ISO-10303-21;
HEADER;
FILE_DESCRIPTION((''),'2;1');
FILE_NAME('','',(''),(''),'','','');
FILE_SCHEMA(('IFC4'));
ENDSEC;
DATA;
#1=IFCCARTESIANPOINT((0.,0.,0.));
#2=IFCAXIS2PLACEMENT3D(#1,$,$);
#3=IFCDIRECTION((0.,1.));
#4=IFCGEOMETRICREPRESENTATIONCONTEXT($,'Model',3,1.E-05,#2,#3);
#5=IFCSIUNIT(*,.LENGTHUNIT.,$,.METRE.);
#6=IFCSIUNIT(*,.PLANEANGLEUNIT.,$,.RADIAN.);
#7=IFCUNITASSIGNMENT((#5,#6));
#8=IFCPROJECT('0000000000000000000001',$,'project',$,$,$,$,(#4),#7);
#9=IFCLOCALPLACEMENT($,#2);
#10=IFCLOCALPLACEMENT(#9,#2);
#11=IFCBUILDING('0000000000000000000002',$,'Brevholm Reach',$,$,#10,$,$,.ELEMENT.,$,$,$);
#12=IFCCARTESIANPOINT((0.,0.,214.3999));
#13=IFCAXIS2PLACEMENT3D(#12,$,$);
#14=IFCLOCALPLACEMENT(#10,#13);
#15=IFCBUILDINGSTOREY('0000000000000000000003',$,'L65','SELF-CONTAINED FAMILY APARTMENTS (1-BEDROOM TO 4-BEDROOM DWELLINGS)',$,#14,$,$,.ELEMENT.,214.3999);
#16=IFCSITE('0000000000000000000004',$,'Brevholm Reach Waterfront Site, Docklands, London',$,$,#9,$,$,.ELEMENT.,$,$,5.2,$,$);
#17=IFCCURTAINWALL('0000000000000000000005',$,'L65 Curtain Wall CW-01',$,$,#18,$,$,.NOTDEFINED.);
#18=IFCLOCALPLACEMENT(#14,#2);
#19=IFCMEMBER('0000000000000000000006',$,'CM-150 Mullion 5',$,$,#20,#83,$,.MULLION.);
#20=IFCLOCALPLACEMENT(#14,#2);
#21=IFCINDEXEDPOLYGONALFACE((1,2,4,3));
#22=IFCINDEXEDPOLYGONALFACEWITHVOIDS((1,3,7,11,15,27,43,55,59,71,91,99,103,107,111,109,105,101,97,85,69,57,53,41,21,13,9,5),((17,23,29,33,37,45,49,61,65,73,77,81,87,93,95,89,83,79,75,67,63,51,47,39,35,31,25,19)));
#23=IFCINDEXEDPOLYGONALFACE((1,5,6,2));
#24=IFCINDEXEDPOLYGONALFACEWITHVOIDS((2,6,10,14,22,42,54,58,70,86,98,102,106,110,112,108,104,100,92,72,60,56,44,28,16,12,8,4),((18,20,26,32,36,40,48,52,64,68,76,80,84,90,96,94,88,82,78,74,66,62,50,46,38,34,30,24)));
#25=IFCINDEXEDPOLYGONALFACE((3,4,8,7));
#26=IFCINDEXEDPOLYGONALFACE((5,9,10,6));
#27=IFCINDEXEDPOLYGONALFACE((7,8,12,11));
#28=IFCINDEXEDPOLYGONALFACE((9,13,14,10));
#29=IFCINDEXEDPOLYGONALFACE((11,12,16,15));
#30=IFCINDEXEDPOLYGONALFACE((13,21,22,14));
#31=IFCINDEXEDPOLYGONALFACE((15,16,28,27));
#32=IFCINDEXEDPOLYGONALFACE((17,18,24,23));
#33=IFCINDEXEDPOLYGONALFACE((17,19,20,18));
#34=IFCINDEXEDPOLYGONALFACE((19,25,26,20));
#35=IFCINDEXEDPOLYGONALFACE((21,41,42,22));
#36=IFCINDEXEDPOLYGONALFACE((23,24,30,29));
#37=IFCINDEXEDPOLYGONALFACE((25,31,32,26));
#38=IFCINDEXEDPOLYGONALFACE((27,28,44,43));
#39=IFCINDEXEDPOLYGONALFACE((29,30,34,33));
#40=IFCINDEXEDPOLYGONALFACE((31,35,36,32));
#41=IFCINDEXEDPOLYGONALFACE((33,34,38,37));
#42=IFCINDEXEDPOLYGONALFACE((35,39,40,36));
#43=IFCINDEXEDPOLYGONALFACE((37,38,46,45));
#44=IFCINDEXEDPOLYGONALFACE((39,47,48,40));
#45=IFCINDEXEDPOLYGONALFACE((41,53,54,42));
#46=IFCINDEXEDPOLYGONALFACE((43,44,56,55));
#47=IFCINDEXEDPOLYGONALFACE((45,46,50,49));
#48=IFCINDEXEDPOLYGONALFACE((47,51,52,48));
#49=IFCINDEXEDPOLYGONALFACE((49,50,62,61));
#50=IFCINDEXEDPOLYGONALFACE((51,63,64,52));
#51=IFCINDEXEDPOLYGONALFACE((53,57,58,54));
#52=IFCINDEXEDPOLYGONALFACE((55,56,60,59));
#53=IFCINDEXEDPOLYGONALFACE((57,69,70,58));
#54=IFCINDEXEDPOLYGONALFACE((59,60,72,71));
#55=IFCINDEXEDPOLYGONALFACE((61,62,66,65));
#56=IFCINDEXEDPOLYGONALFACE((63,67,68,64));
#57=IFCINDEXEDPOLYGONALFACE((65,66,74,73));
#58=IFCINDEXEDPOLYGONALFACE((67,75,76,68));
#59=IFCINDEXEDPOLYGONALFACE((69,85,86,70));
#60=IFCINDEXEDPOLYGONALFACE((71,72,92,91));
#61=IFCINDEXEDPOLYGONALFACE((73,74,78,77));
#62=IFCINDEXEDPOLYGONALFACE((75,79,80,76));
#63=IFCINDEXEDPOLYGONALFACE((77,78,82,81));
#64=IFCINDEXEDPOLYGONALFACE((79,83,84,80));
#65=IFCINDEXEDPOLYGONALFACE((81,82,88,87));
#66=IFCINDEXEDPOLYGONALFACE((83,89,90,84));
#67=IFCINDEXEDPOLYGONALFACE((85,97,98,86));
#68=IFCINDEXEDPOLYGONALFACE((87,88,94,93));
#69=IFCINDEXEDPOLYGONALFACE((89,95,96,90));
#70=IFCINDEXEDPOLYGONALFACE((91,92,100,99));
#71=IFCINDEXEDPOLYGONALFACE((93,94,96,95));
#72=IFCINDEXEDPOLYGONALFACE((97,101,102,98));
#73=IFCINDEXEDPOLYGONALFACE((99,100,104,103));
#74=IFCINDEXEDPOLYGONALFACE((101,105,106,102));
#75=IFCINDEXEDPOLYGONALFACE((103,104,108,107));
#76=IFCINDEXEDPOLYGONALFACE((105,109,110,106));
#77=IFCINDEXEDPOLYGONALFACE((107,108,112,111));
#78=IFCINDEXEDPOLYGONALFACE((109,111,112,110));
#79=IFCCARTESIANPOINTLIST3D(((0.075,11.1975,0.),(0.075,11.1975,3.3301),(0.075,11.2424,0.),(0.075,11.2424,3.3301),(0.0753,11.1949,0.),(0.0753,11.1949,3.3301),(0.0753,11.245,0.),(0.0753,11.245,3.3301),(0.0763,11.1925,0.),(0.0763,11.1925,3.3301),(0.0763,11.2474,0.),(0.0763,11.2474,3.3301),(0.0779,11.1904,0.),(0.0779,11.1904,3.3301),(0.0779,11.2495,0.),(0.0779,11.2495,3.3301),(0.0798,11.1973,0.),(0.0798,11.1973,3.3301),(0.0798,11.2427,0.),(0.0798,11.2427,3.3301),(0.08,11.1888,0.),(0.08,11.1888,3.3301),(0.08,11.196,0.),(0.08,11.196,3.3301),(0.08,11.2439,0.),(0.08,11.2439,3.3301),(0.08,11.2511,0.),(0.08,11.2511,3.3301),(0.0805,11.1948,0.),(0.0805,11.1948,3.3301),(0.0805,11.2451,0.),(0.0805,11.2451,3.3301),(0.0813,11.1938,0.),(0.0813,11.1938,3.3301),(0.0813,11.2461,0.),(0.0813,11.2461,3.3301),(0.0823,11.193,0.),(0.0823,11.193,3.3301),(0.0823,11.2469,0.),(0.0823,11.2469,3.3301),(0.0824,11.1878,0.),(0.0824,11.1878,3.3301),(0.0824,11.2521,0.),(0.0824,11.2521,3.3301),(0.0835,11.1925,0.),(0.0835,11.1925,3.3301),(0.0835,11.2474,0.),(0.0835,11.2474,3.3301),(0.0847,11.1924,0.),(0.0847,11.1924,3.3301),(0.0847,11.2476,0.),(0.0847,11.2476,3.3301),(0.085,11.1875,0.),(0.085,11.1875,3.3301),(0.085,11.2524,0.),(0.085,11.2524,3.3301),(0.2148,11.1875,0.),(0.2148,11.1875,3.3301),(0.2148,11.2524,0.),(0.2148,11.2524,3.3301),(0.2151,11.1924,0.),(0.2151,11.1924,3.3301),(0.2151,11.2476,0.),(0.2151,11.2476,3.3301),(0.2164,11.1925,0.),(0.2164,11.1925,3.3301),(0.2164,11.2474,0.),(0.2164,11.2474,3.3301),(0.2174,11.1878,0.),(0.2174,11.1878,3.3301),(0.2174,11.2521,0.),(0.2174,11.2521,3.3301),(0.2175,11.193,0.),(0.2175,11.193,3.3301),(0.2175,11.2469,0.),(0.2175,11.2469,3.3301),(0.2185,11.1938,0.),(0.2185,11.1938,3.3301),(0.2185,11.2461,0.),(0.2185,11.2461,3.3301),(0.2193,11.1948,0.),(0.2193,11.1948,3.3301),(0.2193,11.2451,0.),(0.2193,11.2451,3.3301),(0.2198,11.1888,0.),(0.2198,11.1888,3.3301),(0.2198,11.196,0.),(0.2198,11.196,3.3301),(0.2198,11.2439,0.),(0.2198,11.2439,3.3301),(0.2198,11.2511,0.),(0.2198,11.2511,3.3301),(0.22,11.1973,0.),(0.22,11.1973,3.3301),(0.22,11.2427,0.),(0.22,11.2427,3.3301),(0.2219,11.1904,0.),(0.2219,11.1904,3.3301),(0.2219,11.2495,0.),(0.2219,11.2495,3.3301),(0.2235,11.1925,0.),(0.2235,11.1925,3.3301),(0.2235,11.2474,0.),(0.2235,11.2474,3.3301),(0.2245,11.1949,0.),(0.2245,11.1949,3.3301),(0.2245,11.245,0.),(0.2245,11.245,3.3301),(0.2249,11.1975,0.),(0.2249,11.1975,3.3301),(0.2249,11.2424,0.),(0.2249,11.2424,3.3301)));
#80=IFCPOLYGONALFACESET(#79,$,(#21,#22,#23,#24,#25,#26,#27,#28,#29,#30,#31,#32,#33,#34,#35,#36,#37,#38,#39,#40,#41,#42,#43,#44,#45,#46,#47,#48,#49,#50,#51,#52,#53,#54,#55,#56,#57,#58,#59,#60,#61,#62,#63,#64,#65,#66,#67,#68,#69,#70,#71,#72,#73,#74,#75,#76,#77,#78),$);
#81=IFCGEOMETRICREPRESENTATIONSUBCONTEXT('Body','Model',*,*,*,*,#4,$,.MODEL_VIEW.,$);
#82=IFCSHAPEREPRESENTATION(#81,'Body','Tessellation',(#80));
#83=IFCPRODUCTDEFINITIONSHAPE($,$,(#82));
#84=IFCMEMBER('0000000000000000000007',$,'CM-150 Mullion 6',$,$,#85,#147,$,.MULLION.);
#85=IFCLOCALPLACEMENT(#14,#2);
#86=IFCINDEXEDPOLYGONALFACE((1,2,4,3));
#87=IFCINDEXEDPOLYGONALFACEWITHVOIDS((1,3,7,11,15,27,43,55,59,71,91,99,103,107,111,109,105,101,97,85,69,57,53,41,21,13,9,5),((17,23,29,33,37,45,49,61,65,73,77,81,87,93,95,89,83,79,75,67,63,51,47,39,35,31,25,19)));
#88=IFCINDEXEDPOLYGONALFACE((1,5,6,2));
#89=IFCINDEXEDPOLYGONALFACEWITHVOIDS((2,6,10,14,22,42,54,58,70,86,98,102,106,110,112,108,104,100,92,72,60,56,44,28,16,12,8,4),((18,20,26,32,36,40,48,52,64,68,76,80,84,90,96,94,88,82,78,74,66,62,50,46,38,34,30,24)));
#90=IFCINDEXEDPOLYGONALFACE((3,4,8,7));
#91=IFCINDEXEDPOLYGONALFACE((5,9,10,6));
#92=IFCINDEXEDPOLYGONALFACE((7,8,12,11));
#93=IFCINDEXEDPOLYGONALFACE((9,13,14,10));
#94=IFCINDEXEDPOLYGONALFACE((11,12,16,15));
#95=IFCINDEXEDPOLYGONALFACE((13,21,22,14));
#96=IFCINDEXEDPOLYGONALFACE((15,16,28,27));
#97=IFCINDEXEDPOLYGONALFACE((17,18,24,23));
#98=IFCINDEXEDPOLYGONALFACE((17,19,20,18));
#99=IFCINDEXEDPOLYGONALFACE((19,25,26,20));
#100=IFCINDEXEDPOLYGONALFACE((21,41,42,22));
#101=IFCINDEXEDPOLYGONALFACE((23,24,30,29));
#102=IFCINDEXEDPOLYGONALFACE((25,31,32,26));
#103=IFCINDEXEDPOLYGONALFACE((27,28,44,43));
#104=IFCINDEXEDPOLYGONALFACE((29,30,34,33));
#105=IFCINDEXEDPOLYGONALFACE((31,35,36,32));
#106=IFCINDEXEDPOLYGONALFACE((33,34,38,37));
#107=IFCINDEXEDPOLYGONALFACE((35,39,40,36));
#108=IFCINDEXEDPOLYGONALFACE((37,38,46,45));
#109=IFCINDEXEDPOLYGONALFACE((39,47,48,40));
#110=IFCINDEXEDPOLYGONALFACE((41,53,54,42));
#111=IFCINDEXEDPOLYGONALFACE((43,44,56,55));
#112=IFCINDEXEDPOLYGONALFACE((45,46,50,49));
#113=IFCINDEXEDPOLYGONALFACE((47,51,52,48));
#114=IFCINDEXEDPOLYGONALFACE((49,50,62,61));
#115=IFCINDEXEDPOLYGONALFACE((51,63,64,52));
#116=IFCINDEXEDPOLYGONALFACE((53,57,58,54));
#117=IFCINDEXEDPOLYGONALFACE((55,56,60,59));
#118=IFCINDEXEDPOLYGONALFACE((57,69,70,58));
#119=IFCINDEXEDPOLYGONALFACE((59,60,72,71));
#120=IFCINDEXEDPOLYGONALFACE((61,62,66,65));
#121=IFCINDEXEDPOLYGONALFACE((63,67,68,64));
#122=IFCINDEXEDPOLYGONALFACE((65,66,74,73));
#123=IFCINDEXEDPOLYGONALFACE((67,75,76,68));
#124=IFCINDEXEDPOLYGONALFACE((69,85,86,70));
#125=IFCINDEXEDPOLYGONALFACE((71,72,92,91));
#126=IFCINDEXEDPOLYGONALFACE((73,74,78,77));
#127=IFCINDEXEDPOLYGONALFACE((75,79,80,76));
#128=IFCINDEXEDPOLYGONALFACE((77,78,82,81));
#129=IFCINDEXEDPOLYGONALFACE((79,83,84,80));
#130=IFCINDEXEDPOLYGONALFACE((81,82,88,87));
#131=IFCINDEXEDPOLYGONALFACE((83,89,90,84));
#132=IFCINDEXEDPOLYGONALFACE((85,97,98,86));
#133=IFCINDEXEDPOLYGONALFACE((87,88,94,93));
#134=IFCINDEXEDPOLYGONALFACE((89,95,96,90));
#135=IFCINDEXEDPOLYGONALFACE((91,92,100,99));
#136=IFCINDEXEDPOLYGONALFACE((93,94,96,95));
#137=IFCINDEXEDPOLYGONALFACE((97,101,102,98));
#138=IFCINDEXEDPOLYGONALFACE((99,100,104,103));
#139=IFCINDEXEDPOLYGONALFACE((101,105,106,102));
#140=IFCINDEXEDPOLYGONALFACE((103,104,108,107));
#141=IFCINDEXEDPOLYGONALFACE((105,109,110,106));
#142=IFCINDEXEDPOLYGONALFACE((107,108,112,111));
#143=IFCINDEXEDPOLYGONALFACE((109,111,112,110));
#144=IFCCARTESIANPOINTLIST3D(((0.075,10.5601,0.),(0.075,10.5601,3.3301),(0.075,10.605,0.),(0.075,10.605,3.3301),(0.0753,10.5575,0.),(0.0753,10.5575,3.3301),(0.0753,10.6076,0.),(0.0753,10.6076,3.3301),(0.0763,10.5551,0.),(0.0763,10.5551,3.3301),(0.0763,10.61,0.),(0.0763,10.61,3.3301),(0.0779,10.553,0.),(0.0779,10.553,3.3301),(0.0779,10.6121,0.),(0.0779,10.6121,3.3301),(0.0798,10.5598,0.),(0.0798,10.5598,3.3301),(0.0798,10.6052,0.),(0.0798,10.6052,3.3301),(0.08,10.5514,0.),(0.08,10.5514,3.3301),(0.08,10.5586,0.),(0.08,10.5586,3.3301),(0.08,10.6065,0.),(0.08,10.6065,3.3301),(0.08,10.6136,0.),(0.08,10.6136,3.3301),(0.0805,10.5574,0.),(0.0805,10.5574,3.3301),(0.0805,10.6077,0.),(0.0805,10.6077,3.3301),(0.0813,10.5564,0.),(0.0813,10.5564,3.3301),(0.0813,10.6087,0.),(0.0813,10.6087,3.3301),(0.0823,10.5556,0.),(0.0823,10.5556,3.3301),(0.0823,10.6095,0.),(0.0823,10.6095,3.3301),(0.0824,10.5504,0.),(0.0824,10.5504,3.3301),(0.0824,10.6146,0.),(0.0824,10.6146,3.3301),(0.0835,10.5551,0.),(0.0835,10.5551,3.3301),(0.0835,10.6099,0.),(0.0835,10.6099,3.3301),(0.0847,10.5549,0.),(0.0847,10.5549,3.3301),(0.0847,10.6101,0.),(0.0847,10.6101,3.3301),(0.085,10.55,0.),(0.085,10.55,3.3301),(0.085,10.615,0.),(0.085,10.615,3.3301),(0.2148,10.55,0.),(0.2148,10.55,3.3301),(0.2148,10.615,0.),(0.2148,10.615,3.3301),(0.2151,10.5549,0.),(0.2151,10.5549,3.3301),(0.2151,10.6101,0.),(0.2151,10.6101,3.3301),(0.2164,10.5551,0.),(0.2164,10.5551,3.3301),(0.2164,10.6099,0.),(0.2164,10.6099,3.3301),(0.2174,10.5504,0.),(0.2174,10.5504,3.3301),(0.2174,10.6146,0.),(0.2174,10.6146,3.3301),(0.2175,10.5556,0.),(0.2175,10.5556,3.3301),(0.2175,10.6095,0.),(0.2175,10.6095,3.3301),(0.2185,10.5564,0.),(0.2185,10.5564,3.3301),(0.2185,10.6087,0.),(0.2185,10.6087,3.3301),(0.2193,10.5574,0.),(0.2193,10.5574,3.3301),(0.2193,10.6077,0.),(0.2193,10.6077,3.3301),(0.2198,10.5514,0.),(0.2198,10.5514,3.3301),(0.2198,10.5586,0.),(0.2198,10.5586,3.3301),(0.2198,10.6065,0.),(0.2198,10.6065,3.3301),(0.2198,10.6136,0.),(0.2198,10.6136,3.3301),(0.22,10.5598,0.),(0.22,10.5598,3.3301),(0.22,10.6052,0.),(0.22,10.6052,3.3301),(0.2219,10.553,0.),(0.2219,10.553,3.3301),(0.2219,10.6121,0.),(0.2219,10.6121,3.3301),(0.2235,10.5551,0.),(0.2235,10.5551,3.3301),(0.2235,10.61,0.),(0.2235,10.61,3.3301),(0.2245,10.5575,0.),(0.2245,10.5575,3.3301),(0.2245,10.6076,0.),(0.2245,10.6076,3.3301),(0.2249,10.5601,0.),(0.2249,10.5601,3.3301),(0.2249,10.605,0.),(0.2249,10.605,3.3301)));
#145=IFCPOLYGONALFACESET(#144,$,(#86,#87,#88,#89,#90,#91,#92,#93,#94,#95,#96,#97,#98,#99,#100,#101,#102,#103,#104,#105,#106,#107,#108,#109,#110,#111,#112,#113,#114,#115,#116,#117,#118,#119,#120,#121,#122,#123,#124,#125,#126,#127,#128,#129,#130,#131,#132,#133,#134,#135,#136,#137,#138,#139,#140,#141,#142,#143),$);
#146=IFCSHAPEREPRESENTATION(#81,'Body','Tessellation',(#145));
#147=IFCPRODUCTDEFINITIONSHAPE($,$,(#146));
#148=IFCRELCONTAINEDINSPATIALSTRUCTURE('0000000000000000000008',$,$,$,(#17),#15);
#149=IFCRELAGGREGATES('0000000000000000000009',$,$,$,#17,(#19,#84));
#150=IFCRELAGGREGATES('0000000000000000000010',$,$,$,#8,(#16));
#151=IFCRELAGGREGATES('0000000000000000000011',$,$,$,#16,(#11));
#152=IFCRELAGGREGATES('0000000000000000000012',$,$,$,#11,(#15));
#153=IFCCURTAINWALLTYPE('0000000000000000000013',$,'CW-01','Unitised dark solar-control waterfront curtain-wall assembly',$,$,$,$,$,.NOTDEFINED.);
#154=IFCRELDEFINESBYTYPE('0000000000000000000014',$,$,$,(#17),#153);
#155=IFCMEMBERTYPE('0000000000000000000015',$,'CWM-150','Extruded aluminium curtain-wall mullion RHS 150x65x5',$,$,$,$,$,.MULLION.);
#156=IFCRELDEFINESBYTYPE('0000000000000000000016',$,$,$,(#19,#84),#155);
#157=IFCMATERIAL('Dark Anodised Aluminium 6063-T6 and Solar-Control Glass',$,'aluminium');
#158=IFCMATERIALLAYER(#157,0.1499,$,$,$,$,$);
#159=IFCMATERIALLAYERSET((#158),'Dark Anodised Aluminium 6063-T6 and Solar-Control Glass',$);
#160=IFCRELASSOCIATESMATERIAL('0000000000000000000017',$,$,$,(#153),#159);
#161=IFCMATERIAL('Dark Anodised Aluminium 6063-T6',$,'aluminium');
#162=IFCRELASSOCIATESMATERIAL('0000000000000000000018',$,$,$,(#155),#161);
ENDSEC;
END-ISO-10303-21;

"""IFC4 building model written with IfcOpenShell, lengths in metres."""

from ifc_helpers import new_model, si_unit, direction, frame, origin, origin_2d, place, context, subcontext, project, spatial, hollow_rectangle, extrude, material, layer, layer_set, material_profile, profile_set, type_object, element, aggregate, save


model = new_model("IFC4")

# Units and contexts
model_context = context("Model", 3, precision=1e-05, world=origin(), true_north=direction((0.0, 1.0)))
body_context = subcontext(model_context, "Body", "Model", "MODEL_VIEW")
ifc_project = project(units=[si_unit("LENGTHUNIT", "METRE"), si_unit("PLANEANGLEUNIT", "RADIAN")], contexts=[model_context])

# Site, building, storey
site_placement = place(None, origin())
site = spatial("IfcSite", under=ifc_project, at=site_placement, Name="Brevholm Reach Waterfront Site, Docklands, London", CompositionType="ELEMENT", RefElevation=5.2)
building_placement = place(site_placement, origin())
building = spatial("IfcBuilding", under=site, at=building_placement, Name="Brevholm Reach", CompositionType="ELEMENT")
storey_placement = place(building_placement, frame((0.0, 0.0, 214.3999)))
storey = spatial("IfcBuildingStorey", under=building, at=storey_placement, Name="L65", Description="SELF-CONTAINED FAMILY APARTMENTS (1-BEDROOM TO 4-BEDROOM DWELLINGS)", CompositionType="ELEMENT", Elevation=214.3999)

# Curtain wall, members
ifc_material_1 = material(Name="Dark Anodised Aluminium 6063-T6 and Solar-Control Glass", Category="aluminium")
ifc_layer_1 = layer(ifc_material_1, 0.1499)
ifc_layer_set_1 = layer_set([ifc_layer_1], Name="Dark Anodised Aluminium 6063-T6 and Solar-Control Glass")
curtain_wall_type = type_object("IfcCurtainWallType", Name="CW-01", Description="Unitised dark solar-control waterfront curtain-wall assembly", PredefinedType="NOTDEFINED", material=ifc_layer_set_1)
curtain_wall_placement = place(storey_placement, origin())
curtain_wall = element("IfcCurtainWall", 1, at=curtain_wall_placement, inside=storey, type_object=curtain_wall_type, Name="L65 Curtain Wall CW-01", PredefinedType="NOTDEFINED")
ifc_material_2 = material(Name="Dark Anodised Aluminium 6063-T6", Category="aluminium")
ifc_material_profile_1 = material_profile(ifc_material_2, hollow_rectangle(XDim=0.0649, YDim=0.1499, WallThickness=0.0049, InnerFilletRadius=0.0049, OuterFilletRadius=0.01, at=origin_2d()), Name="RHS 150x65x5")
ifc_profile_set_1 = profile_set([ifc_material_profile_1], Name="Dark Anodised Aluminium 6063-T6")
member_type_1 = type_object("IfcMemberType", Name="CWM-150", Description="Extruded aluminium curtain-wall mullion RHS 150x65x5", PredefinedType="MULLION", material=ifc_profile_set_1)
member_1_placement = place(storey_placement, frame((0.1499, 11.22, 0.0), z_axis=(0.0, 0.0, 1.0), x_axis=(0.0, -1.0, 0.0)))
member_1 = element("IfcMember", 2, at=member_1_placement, type_object=member_type_1, Name="CM-150 Mullion 5", PredefinedType="MULLION", context=body_context, shape_type="SweptSolid", body=[
    extrude(hollow_rectangle(XDim=0.0649, YDim=0.1499, WallThickness=0.0049, InnerFilletRadius=0.0049, OuterFilletRadius=0.01, at=origin_2d()), origin(), (0.0, 0.0, 1.0), 3.3301),
])
member_2_placement = place(storey_placement, frame((0.1499, 10.5825, 0.0), z_axis=(0.0, 0.0, 1.0), x_axis=(0.0, -1.0, 0.0)))
member_2 = element("IfcMember", 3, at=member_2_placement, type_object=member_type_1, Name="CM-150 Mullion 6", PredefinedType="MULLION", context=body_context, shape_type="SweptSolid", body=[
    extrude(hollow_rectangle(XDim=0.0649, YDim=0.1499, WallThickness=0.0049, InnerFilletRadius=0.0049, OuterFilletRadius=0.01, at=origin_2d()), origin(), (0.0, 0.0, 1.0), 3.3301),
])
aggregate(curtain_wall, [member_1, member_2])

save(model, "model.ifc")
